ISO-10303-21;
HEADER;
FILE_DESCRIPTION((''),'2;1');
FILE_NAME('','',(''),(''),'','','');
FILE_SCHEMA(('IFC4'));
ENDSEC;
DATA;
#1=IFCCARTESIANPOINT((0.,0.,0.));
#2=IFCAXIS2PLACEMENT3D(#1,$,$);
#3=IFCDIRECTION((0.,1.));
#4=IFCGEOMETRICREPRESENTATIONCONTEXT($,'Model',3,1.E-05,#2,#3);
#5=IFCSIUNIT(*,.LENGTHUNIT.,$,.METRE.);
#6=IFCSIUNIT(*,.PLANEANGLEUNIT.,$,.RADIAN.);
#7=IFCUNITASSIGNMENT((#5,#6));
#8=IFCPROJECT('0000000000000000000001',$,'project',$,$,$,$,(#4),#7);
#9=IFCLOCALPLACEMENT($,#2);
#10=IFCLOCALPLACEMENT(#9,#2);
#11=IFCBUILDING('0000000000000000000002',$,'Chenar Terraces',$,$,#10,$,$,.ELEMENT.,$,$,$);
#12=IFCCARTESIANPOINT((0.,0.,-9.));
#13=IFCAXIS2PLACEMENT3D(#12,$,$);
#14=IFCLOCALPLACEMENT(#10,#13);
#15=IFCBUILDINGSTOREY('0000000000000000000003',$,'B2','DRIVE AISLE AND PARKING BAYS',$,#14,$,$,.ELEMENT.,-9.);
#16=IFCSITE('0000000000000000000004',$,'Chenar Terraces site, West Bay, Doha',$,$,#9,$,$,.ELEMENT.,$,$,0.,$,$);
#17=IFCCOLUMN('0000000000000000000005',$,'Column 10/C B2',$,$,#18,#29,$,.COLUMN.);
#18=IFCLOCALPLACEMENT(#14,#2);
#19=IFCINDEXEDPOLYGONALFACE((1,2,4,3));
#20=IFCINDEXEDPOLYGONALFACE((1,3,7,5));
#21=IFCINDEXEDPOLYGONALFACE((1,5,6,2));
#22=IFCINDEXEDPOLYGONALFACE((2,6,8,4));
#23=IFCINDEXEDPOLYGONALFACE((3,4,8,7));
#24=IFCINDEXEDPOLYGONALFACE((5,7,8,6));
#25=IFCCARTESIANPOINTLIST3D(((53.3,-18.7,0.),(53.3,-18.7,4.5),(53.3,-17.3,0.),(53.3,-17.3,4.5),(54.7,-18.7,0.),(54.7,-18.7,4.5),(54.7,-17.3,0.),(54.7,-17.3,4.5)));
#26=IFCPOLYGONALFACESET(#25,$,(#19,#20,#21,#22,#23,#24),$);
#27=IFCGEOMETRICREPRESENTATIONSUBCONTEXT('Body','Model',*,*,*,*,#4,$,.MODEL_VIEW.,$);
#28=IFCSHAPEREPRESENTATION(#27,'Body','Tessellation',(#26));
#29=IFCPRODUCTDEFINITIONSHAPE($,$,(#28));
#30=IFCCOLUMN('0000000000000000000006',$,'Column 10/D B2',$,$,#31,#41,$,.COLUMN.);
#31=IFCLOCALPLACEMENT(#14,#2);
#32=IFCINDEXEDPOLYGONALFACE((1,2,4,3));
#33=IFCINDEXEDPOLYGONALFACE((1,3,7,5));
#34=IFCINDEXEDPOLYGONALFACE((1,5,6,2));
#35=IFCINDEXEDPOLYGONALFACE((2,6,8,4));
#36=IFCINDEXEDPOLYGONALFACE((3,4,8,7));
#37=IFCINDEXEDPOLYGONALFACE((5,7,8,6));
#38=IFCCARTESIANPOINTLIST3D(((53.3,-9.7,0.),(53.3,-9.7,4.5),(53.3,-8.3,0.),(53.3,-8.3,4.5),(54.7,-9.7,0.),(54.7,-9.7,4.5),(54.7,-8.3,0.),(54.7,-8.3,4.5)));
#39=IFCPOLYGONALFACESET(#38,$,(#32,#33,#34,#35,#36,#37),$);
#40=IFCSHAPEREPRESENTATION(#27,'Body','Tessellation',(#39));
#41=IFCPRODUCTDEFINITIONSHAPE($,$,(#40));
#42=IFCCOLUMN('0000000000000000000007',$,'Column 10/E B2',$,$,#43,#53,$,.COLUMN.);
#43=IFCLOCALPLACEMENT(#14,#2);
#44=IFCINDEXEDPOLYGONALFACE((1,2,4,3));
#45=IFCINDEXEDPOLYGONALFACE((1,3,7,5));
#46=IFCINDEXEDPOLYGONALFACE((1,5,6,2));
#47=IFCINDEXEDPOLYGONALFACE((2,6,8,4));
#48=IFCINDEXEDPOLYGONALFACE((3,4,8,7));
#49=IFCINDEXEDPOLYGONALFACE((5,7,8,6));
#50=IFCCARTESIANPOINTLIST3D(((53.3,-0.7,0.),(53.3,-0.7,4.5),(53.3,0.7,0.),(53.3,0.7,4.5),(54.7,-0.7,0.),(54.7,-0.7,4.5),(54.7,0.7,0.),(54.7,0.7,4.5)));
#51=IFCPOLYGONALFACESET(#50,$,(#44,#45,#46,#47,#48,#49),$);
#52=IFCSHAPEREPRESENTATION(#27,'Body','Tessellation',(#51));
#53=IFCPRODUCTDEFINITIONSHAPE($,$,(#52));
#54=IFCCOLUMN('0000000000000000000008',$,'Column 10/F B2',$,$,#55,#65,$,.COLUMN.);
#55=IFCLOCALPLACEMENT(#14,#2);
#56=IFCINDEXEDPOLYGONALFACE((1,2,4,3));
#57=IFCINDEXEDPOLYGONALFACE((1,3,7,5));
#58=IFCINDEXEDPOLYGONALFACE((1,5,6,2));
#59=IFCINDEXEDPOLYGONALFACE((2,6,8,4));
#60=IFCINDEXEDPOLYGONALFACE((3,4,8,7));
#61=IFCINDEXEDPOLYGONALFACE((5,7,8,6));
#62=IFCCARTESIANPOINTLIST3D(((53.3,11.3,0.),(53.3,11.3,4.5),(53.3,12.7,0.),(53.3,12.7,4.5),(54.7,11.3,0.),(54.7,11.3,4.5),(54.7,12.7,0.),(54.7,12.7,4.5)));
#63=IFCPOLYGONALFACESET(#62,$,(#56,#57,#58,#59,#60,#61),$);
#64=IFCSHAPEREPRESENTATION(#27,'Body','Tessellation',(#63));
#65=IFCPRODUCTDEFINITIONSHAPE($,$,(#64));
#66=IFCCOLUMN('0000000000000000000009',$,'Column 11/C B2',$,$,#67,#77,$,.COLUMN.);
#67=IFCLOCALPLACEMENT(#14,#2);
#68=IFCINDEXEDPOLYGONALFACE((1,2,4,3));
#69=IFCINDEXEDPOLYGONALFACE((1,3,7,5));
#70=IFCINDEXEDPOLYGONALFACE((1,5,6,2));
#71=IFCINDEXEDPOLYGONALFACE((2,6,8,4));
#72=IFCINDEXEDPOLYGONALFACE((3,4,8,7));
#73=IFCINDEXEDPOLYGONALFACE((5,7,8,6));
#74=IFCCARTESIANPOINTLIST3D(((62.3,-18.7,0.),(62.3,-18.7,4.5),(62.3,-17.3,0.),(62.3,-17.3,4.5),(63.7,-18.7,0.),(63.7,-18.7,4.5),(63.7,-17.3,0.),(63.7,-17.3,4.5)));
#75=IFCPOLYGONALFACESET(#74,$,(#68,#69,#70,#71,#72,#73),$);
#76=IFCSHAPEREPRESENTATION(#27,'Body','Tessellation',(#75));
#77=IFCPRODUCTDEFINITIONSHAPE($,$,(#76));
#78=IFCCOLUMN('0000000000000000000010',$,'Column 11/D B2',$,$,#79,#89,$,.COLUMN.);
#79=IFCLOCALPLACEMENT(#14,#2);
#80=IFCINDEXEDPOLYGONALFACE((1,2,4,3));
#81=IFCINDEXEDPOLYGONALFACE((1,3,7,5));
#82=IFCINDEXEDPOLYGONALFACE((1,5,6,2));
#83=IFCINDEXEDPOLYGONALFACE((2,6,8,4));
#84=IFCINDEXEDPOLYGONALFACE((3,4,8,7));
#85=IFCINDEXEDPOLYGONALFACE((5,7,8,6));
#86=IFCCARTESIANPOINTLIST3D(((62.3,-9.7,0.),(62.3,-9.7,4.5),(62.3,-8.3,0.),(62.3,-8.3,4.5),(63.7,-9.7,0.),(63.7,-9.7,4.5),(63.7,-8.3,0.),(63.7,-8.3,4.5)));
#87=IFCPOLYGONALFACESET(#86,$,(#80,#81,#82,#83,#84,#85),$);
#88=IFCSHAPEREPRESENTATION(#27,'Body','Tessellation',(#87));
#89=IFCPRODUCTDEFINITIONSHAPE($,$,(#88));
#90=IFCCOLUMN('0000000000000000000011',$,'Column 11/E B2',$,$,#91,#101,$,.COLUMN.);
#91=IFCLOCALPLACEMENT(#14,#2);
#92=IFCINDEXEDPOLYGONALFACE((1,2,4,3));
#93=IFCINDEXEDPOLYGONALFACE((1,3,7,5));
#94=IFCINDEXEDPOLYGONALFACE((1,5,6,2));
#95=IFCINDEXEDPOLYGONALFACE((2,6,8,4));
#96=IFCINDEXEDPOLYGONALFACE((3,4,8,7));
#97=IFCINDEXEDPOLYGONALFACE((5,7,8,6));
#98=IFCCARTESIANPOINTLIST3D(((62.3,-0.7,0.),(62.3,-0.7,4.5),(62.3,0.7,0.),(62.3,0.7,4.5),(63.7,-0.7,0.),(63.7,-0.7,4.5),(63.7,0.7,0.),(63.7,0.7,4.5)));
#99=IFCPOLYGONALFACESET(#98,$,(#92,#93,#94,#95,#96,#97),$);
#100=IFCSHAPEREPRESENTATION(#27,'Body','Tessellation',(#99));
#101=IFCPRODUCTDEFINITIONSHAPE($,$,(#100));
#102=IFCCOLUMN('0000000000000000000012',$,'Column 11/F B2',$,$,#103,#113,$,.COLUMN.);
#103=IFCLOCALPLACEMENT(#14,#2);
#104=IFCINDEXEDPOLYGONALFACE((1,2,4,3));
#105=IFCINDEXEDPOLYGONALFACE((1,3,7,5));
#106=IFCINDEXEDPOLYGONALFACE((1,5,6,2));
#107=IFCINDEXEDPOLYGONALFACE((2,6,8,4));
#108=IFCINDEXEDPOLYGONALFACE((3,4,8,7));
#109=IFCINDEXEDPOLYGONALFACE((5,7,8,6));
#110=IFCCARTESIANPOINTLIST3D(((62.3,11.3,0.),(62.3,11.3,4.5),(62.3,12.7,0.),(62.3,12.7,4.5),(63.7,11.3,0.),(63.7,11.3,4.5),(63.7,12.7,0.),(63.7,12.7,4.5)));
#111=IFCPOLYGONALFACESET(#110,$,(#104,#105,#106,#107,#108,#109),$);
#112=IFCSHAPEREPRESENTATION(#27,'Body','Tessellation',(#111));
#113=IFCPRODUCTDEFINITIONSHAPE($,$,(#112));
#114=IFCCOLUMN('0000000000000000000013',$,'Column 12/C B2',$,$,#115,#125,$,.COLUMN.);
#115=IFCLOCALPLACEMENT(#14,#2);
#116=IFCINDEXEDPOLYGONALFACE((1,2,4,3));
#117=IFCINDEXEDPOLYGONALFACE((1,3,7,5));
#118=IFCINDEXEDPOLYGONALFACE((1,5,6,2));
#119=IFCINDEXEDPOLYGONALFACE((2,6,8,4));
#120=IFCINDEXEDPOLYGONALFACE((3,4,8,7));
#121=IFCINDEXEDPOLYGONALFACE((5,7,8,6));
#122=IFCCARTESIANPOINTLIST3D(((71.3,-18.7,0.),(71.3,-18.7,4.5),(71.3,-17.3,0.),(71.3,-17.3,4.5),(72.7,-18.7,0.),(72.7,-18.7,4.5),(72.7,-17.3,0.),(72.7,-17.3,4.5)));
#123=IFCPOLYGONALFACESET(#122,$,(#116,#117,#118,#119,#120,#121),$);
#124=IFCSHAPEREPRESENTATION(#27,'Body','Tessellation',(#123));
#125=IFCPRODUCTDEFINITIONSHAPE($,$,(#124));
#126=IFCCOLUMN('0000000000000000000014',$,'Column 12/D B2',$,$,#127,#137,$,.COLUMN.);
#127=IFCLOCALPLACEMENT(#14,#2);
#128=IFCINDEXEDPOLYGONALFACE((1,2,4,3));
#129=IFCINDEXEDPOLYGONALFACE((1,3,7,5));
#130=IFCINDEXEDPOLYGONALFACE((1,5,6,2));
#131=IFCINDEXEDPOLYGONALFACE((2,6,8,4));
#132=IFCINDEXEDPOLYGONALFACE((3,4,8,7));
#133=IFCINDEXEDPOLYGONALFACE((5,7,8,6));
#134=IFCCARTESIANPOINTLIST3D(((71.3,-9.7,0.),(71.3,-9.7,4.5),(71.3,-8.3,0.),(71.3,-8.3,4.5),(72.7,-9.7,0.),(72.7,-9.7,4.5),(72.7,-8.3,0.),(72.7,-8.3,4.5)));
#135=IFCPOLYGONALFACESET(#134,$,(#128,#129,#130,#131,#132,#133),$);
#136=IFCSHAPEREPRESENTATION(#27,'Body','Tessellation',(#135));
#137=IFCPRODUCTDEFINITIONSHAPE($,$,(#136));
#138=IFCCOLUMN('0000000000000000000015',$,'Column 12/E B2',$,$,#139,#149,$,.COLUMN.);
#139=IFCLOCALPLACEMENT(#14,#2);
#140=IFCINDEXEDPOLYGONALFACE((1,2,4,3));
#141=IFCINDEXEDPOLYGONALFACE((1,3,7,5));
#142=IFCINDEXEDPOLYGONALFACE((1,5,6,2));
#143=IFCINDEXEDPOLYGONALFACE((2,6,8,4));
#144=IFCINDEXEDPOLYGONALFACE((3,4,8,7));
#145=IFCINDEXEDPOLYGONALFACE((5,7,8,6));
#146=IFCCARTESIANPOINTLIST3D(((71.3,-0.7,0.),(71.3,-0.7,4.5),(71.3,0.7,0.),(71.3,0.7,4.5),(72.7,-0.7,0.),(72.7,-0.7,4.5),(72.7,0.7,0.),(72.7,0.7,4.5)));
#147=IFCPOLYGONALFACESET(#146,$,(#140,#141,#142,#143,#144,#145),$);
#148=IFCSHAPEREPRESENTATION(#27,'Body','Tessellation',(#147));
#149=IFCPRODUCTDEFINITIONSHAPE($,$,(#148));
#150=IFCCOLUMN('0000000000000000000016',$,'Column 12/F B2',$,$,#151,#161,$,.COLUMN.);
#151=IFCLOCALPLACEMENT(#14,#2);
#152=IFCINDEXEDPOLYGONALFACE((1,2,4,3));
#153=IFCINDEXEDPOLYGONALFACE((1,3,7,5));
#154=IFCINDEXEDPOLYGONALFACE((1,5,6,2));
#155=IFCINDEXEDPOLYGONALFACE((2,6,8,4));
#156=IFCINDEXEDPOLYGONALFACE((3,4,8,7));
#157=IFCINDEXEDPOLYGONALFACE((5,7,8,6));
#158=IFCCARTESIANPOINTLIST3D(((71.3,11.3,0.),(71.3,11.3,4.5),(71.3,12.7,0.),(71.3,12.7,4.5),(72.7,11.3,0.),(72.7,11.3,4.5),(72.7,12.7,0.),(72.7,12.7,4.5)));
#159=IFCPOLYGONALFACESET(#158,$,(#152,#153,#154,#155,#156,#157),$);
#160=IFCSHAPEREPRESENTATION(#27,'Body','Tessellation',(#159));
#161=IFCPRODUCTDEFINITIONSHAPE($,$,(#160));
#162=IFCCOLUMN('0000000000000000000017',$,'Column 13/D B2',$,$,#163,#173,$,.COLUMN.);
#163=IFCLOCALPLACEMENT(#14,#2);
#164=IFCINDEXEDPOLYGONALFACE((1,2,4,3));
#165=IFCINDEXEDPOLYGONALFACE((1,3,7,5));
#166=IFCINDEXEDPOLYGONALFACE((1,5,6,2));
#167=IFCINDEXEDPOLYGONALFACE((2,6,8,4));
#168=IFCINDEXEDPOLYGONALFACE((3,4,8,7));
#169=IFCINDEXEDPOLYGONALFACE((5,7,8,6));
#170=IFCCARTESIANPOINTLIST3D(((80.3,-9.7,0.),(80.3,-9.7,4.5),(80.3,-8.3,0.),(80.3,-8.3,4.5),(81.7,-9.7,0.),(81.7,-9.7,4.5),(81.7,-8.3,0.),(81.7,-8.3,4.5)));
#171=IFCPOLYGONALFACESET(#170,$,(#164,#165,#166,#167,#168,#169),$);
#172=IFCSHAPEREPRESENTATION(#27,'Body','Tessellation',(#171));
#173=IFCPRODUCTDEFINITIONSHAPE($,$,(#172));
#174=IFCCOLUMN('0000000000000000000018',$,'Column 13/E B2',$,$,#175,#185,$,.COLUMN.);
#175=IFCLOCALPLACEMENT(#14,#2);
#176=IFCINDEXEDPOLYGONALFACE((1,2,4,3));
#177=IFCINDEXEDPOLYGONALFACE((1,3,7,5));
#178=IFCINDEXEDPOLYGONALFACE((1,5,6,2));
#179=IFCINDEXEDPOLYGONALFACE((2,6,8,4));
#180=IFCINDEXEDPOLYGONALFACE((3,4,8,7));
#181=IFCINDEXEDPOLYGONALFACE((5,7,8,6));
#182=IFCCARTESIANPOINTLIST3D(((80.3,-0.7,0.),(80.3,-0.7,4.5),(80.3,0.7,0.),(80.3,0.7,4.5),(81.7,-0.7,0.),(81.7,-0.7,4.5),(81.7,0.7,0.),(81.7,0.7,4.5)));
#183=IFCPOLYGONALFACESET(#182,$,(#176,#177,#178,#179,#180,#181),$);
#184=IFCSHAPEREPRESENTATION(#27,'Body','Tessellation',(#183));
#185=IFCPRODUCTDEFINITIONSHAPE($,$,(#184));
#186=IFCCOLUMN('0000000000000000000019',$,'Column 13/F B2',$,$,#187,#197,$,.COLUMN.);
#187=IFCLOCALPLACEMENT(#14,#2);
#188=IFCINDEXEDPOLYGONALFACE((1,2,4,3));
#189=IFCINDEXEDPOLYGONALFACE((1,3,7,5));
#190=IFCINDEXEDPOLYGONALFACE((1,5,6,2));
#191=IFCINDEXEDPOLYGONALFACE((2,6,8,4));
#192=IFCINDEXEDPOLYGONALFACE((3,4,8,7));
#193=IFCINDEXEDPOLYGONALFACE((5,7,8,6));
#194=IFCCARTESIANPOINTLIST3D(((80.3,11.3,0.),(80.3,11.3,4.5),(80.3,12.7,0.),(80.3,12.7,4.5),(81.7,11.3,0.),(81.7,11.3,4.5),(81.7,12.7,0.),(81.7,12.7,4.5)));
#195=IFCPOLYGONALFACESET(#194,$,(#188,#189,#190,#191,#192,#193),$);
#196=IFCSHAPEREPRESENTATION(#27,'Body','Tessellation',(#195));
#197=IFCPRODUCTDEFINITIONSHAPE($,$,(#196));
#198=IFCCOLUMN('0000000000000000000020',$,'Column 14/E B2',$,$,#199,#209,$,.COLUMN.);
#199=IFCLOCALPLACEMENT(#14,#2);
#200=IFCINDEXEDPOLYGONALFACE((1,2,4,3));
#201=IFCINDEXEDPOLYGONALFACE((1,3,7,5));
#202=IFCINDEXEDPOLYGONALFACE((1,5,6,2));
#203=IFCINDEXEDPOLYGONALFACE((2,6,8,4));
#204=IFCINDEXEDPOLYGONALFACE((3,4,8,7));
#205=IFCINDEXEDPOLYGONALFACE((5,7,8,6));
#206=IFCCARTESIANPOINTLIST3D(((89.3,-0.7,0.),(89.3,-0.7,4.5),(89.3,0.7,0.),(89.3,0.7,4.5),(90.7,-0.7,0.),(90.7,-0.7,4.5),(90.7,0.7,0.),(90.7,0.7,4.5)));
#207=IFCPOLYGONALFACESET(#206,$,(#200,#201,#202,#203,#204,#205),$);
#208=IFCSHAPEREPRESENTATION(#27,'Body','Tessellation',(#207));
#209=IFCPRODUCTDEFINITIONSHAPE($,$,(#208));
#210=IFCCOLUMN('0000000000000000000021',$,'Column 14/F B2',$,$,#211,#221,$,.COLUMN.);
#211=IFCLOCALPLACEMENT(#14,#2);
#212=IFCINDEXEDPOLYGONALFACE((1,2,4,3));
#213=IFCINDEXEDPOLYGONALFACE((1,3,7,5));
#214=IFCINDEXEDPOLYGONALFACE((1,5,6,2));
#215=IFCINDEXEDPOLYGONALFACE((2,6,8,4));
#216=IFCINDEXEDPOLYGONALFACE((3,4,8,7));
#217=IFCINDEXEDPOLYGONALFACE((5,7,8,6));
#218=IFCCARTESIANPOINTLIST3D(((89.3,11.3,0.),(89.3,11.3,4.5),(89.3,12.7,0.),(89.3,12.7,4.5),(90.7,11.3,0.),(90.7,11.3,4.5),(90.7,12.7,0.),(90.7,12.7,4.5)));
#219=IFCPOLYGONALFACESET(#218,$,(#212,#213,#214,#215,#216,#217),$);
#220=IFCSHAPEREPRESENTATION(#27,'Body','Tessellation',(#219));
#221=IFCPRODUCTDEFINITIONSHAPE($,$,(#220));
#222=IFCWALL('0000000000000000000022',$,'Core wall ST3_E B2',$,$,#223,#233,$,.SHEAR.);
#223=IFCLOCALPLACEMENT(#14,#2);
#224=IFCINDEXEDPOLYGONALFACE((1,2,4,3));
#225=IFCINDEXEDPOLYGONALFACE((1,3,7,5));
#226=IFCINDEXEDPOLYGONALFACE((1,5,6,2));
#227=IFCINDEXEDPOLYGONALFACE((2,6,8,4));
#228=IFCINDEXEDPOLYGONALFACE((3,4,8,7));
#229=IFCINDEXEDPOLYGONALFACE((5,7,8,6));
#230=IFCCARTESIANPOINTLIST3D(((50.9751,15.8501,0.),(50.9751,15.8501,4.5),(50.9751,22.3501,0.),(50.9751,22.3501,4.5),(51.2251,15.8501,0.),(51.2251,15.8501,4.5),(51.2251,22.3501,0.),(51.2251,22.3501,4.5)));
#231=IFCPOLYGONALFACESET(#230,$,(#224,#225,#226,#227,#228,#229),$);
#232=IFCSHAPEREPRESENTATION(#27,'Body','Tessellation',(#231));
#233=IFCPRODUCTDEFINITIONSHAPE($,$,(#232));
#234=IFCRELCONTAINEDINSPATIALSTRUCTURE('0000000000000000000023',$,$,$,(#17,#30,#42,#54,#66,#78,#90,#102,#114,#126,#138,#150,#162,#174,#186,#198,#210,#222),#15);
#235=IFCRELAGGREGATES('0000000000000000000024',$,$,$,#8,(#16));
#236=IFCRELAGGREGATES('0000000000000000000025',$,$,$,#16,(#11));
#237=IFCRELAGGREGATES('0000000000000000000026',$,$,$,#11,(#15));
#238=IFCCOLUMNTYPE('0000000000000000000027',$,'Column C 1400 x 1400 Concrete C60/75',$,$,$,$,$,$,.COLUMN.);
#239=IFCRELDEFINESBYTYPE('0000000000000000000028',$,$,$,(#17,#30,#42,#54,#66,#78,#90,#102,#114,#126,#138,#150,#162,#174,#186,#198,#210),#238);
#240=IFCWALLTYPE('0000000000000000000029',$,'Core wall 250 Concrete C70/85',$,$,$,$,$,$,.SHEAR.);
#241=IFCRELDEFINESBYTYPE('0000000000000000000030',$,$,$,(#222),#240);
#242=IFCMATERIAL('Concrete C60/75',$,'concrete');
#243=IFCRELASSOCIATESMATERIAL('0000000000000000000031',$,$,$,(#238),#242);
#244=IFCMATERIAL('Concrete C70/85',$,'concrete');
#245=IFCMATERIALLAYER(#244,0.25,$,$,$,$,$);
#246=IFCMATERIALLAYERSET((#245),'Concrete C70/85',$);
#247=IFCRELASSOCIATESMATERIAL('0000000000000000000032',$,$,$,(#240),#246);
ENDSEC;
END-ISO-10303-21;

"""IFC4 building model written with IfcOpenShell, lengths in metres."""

from ifc_helpers import new_model, si_unit, direction, frame, frame_2d, origin, origin_2d, place, context, subcontext, project, spatial, rectangle, extrude, material, layer, layer_set, material_profile, profile_set, type_object, element, save


model = new_model("IFC4")

# Units and contexts
model_context = context("Model", 3, precision=1e-05, world=origin(), true_north=direction((0.0, 1.0)))
body_context = subcontext(model_context, "Body", "Model", "MODEL_VIEW")
ifc_project = project(units=[si_unit("LENGTHUNIT", "METRE"), si_unit("PLANEANGLEUNIT", "RADIAN")], contexts=[model_context])

# Site, building, storey
site_placement = place(None, origin())
site = spatial("IfcSite", under=ifc_project, at=site_placement, Name="Chenar Terraces site, West Bay, Doha", CompositionType="ELEMENT", RefElevation=0.0)
building_placement = place(site_placement, origin())
building = spatial("IfcBuilding", under=site, at=building_placement, Name="Chenar Terraces", CompositionType="ELEMENT")
storey_placement = place(building_placement, frame((0.0, 0.0, -9.0)))
storey = spatial("IfcBuildingStorey", under=building, at=storey_placement, Name="B2", Description="DRIVE AISLE AND PARKING BAYS", CompositionType="ELEMENT", Elevation=-9.0)

# Columns
ifc_material_1 = material(Name="Concrete C60/75", Category="concrete")
ifc_material_profile = material_profile(ifc_material_1, rectangle(XDim=1.3999, YDim=1.3999, at=origin_2d()), Name="C 1400 x 1400")
ifc_profile_set = profile_set([ifc_material_profile], Name="Concrete C60/75")
column_type = type_object("IfcColumnType", Name="Column C 1400 x 1400 Concrete C60/75", PredefinedType="COLUMN", material=ifc_profile_set)
for number, where, z_axis, x_axis, name in (
    (1, (54.0, -18.0, 0.0), (0.0, 0.0, 1.0), (1.0, 0.0, 0.0), "Column 10/C B2"),
    (2, (54.0, -9.0, 0.0), (0.0, 0.0, 1.0), (1.0, 0.0, 0.0), "Column 10/D B2"),
    (3, (54.0, 0.0, 0.0), (0.0, 0.0, 1.0), (1.0, 0.0, 0.0), "Column 10/E B2"),
    (4, (54.0, 12.0, 0.0), (0.0, 0.0, 1.0), (1.0, 0.0, 0.0), "Column 10/F B2"),
    (5, (63.0, -18.0, 0.0), (0.0, 0.0, 1.0), (1.0, 0.0, 0.0), "Column 11/C B2"),
    (6, (63.0, -9.0, 0.0), (0.0, 0.0, 1.0), (1.0, 0.0, 0.0), "Column 11/D B2"),
    (7, (63.0, 0.0, 0.0), (0.0, 0.0, 1.0), (1.0, 0.0, 0.0), "Column 11/E B2"),
    (8, (63.0, 12.0, 0.0), (0.0, 0.0, 1.0), (1.0, 0.0, 0.0), "Column 11/F B2"),
    (9, (72.0, -18.0, 0.0), (0.0, 0.0, 1.0), (1.0, 0.0, 0.0), "Column 12/C B2"),
    (10, (72.0, -9.0, 0.0), (0.0, 0.0, 1.0), (1.0, 0.0, 0.0), "Column 12/D B2"),
    (11, (72.0, 0.0, 0.0), (0.0, 0.0, 1.0), (1.0, 0.0, 0.0), "Column 12/E B2"),
    (12, (72.0, 12.0, 0.0), (0.0, 0.0, 1.0), (1.0, 0.0, 0.0), "Column 12/F B2"),
    (13, (81.0, -9.0, 0.0), (0.0, 0.0, 1.0), (1.0, 0.0, 0.0), "Column 13/D B2"),
    (14, (81.0, 0.0, 0.0), (0.0, 0.0, 1.0), (1.0, 0.0, 0.0), "Column 13/E B2"),
    (15, (81.0, 12.0, 0.0), (0.0, 0.0, 1.0), (1.0, 0.0, 0.0), "Column 13/F B2"),
    (16, (90.0, 0.0, 0.0), (0.0, 0.0, 1.0), (1.0, 0.0, 0.0), "Column 14/E B2"),
    (17, (90.0, 12.0, 0.0), (0.0, 0.0, 1.0), (1.0, 0.0, 0.0), "Column 14/F B2"),
):
    element("IfcColumn", number, at=place(storey_placement, frame(where, z_axis=z_axis, x_axis=x_axis)), inside=storey, type_object=column_type, Name=name, PredefinedType="COLUMN", context=body_context, shape_type="SweptSolid", body=[
        extrude(rectangle(XDim=1.3999, YDim=1.3999, at=origin_2d()), origin(), (0.0, 0.0, 1.0), 4.5),
    ])

# Wall
ifc_material_2 = material(Name="Concrete C70/85", Category="concrete")
ifc_layer_1 = layer(ifc_material_2, 0.25)
ifc_layer_set_1 = layer_set([ifc_layer_1], Name="Concrete C70/85")
wall_type_1 = type_object("IfcWallType", Name="Core wall 250 Concrete C70/85", PredefinedType="SHEAR", material=ifc_layer_set_1)
wall_1_placement = place(storey_placement, frame((51.1001, 15.8501, 0.0), z_axis=(0.0, 0.0, 1.0), x_axis=(0.0, 1.0, 0.0)))
element("IfcWall", 18, at=wall_1_placement, inside=storey, type_object=wall_type_1, Name="Core wall ST3_E B2", PredefinedType="SHEAR", context=body_context, shape_type="SweptSolid", body=[
    extrude(rectangle(XDim=6.5, YDim=0.25, at=frame_2d((3.25, 0.0))), origin(), (0.0, 0.0, 1.0), 4.5),
])

save(model, "model.ifc")
